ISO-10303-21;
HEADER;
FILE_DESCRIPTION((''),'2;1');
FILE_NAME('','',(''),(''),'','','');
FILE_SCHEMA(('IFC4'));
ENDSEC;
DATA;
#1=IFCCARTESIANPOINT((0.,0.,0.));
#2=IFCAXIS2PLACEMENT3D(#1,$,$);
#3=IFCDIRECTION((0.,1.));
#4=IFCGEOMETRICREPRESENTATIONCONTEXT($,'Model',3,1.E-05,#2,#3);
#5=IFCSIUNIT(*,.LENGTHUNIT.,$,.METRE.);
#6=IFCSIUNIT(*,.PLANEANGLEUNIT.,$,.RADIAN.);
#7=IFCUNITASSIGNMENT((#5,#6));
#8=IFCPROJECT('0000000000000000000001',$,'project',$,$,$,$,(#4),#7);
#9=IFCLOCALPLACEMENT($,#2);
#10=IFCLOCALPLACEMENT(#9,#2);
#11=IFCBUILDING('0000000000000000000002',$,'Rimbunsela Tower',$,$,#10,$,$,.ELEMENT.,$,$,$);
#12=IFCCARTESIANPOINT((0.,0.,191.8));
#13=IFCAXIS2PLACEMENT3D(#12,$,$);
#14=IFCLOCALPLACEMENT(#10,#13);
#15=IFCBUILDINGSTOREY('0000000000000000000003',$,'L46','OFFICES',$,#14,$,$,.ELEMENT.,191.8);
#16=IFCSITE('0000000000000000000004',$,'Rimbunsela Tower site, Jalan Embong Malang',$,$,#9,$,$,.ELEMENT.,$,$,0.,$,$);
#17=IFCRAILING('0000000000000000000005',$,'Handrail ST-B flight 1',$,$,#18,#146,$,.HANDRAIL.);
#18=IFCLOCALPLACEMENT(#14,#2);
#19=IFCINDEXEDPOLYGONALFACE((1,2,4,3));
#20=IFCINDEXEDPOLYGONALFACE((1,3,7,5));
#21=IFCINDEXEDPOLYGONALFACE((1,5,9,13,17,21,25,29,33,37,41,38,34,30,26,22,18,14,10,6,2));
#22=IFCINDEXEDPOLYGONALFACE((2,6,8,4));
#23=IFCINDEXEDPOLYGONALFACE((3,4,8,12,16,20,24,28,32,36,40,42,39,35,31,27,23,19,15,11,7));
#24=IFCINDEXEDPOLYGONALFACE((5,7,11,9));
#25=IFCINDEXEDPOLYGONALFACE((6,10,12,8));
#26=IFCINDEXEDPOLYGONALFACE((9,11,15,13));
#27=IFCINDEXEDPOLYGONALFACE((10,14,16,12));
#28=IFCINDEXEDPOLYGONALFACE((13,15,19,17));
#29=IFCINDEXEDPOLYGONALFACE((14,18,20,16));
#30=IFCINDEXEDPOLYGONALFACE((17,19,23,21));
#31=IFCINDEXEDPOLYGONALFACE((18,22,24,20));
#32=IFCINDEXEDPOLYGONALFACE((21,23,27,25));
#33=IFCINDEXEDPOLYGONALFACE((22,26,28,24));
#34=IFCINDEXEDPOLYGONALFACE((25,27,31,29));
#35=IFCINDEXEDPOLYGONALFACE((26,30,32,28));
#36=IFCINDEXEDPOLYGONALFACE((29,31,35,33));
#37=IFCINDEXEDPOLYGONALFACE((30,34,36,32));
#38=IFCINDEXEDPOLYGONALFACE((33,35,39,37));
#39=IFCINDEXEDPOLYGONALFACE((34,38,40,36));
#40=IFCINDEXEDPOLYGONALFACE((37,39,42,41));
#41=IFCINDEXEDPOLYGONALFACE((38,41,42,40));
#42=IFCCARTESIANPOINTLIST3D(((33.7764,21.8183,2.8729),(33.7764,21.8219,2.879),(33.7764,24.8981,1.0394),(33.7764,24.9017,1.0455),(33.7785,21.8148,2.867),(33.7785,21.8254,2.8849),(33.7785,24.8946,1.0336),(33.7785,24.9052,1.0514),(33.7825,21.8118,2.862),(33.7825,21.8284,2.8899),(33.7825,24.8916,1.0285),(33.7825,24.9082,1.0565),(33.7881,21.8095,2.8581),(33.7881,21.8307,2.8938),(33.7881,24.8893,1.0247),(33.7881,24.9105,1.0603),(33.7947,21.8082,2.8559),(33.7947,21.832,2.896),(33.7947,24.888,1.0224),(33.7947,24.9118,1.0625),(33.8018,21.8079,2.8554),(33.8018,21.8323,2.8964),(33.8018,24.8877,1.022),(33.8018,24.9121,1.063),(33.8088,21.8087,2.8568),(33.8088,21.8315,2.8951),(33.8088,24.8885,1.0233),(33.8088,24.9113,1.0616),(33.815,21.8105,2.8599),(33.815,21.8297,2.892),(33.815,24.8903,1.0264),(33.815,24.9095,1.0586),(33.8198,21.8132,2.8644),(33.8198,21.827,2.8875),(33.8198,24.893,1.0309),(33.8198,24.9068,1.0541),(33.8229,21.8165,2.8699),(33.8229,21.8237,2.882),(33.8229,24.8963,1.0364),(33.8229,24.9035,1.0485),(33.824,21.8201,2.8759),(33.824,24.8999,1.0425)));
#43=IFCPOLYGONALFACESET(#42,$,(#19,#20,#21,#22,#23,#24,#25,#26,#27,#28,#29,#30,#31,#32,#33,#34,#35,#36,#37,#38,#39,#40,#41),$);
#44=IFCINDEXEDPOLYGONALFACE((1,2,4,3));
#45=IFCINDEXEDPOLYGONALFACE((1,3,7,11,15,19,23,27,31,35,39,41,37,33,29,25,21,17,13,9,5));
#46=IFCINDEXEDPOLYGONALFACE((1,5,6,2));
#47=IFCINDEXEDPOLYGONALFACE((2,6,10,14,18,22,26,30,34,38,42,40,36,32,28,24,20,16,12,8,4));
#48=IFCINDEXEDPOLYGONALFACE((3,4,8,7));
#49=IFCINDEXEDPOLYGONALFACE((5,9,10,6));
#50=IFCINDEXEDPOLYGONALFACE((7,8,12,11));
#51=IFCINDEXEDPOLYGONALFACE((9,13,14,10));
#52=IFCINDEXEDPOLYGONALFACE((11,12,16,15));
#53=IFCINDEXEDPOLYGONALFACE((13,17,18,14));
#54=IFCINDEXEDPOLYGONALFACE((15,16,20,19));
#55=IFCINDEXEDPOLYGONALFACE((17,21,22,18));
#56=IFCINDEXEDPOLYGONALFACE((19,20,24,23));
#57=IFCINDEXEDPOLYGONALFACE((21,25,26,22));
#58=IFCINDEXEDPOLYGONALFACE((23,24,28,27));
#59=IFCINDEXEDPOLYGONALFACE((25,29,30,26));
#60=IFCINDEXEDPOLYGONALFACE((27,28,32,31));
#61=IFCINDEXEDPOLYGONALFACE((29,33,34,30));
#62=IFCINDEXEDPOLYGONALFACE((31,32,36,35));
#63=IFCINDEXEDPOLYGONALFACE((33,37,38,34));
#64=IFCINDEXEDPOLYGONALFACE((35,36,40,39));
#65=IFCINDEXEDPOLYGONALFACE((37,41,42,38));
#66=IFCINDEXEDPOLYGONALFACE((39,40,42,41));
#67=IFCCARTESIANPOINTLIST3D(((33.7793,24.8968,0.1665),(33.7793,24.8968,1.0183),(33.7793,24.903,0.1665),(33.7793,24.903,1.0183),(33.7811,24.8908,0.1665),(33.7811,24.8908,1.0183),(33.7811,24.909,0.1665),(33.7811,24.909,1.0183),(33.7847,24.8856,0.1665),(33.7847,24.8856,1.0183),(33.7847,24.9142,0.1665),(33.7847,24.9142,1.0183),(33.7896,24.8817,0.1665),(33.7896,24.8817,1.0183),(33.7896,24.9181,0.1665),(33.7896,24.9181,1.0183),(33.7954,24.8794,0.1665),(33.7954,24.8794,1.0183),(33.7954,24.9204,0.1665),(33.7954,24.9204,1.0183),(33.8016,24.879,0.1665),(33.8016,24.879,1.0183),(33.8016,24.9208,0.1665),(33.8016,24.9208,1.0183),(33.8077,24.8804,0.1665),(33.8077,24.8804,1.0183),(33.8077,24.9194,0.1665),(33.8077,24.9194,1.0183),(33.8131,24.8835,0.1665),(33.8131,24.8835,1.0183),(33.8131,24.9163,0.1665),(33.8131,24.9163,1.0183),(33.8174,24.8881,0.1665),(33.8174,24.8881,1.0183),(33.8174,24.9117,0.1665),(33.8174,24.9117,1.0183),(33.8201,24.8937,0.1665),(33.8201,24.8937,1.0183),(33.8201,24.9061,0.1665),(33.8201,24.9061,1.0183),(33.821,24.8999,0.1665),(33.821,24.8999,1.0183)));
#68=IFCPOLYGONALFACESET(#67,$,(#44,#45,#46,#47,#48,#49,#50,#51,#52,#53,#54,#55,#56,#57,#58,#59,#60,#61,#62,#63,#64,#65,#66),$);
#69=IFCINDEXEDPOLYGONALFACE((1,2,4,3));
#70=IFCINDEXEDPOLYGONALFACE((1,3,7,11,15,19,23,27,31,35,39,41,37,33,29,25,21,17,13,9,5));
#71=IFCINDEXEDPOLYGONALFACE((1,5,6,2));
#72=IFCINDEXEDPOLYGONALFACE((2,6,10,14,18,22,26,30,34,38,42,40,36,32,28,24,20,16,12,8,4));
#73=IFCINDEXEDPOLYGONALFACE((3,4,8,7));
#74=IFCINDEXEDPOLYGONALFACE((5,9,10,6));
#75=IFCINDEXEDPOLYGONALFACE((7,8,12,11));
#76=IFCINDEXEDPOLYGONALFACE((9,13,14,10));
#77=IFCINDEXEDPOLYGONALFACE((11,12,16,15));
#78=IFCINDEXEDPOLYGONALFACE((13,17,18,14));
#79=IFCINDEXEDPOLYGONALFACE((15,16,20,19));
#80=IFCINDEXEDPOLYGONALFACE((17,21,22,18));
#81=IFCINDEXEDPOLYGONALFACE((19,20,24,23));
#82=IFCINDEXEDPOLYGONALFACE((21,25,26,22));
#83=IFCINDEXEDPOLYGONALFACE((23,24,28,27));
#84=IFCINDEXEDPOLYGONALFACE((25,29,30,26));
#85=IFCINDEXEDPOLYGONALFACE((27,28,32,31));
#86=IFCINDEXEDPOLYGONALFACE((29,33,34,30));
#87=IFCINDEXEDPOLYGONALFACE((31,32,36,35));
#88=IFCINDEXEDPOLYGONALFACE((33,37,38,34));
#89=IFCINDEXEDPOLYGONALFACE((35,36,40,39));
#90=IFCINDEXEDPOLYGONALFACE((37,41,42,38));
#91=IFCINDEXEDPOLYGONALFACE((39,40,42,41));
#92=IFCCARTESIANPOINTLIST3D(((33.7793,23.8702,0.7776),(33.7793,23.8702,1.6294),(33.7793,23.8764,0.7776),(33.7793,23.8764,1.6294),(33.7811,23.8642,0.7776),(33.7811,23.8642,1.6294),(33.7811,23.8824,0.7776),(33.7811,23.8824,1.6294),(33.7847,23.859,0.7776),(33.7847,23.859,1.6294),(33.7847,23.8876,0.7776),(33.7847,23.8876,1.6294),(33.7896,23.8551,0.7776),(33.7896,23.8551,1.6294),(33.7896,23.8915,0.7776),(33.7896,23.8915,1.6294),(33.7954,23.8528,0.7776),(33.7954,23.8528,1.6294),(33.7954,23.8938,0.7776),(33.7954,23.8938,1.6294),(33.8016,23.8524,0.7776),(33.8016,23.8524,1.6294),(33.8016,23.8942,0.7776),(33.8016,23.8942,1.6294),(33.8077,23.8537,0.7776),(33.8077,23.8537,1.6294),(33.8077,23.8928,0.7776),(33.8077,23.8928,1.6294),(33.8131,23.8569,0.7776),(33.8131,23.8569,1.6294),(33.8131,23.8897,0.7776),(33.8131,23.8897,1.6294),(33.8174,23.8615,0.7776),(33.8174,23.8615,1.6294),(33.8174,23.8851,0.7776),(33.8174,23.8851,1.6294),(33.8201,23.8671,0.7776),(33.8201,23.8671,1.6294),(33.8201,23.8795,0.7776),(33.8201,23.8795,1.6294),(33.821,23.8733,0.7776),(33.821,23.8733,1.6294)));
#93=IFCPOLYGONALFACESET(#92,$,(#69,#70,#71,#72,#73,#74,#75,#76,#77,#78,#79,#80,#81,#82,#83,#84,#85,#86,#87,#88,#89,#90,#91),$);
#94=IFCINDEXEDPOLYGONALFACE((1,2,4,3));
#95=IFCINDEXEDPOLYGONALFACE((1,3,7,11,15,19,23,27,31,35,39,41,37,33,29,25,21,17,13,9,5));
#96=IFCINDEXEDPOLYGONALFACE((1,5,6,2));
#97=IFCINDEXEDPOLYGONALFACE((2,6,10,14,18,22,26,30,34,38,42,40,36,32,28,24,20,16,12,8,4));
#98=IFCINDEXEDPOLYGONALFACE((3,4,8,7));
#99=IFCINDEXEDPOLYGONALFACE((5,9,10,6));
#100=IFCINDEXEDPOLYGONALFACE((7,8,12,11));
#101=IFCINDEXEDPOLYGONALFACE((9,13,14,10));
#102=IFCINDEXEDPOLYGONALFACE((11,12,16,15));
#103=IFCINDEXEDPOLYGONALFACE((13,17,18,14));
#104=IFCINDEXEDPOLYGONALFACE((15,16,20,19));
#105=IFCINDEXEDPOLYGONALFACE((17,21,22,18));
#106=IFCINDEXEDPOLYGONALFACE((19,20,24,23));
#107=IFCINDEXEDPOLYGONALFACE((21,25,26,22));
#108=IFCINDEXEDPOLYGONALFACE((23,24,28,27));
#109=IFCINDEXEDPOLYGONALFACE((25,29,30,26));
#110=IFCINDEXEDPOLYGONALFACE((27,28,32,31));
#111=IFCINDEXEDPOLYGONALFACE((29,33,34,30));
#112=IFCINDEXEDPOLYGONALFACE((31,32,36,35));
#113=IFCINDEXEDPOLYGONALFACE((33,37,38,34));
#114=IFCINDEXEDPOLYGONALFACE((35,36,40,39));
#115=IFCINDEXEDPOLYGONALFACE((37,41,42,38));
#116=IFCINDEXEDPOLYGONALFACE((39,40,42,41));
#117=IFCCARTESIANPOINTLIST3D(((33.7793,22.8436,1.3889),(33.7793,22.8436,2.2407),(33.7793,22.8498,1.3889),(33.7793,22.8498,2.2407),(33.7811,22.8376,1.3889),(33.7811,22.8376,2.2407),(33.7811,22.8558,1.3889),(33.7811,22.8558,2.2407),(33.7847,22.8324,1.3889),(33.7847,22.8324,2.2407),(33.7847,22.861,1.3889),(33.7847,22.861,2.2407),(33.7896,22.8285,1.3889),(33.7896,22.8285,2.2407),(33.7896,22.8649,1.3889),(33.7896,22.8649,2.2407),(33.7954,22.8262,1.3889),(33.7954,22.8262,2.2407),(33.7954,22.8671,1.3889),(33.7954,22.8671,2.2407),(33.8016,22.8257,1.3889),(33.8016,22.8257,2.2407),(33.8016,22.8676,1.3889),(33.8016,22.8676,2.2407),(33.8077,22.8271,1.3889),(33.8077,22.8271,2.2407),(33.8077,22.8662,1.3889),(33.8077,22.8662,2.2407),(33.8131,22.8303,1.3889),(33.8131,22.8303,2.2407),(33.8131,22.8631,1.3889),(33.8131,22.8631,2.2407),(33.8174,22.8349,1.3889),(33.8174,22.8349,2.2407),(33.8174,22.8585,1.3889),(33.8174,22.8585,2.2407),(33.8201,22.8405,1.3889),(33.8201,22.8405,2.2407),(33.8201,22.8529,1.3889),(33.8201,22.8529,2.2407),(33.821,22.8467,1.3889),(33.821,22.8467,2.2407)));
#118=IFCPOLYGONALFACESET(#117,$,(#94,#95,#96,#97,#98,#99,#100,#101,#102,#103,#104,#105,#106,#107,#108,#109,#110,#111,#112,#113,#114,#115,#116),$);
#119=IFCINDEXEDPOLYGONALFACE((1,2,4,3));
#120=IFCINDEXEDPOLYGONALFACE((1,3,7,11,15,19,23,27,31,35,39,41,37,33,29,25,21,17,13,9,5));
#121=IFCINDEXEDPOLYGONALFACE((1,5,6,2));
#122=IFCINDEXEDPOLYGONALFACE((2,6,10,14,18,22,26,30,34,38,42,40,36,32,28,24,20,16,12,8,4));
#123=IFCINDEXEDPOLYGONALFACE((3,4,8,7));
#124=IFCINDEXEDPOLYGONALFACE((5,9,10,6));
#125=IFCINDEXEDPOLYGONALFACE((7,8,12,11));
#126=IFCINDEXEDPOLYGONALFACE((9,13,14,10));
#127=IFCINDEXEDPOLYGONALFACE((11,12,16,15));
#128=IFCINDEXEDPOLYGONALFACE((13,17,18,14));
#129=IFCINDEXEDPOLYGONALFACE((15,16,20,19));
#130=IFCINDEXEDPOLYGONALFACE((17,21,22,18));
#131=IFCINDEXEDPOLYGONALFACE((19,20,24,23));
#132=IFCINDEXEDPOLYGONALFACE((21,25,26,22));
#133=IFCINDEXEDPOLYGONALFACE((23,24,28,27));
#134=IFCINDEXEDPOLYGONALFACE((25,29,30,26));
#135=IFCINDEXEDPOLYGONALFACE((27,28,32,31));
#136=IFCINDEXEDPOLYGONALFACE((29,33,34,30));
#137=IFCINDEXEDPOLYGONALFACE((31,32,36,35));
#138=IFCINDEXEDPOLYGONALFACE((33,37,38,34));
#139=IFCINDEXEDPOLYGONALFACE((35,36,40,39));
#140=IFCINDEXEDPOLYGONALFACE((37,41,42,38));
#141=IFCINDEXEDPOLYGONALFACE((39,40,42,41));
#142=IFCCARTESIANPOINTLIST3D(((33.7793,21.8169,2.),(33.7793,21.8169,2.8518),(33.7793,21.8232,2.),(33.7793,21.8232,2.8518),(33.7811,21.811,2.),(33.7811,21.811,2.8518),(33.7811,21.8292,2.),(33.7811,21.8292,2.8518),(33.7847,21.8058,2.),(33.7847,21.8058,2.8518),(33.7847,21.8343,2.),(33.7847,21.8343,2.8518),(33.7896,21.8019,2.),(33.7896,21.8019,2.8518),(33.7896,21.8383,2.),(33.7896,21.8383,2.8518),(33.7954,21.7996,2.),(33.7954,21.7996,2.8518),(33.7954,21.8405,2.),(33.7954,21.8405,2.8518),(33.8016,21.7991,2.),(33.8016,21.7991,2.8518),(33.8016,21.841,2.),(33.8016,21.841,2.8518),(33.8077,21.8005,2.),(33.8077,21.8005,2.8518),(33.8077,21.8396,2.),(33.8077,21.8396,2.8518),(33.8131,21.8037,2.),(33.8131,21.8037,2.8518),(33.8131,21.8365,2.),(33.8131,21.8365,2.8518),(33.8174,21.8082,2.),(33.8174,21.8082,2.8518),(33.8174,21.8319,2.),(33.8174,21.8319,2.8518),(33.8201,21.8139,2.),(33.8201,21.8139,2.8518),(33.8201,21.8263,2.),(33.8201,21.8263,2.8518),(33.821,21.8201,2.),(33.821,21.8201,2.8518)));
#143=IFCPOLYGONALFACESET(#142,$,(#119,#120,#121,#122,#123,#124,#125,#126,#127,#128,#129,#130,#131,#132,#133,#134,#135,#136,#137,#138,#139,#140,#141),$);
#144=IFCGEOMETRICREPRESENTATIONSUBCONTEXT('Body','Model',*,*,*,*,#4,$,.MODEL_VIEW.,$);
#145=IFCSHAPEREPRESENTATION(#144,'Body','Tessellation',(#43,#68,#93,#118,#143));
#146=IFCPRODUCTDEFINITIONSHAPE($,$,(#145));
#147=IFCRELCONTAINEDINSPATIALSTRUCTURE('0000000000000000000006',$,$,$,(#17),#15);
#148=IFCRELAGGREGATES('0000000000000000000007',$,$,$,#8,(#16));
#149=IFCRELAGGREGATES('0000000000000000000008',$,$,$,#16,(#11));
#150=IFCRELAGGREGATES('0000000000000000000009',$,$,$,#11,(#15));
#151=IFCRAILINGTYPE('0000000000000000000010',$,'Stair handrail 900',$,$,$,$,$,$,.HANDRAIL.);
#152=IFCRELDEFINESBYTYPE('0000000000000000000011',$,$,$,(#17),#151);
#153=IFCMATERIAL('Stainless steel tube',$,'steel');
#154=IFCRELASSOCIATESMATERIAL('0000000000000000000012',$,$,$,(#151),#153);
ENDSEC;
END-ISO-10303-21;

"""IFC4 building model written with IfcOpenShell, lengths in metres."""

from ifc_helpers import new_model, si_unit, direction, frame, origin, origin_2d, place, context, subcontext, project, spatial, circle, extrude, material, type_object, element, save


model = new_model("IFC4")

# Units and contexts
model_context = context("Model", 3, precision=1e-05, world=origin(), true_north=direction((0.0, 1.0)))
body_context = subcontext(model_context, "Body", "Model", "MODEL_VIEW")
ifc_project = project(units=[si_unit("LENGTHUNIT", "METRE"), si_unit("PLANEANGLEUNIT", "RADIAN")], contexts=[model_context])

# Site, building, storey
site_placement = place(None, origin())
site = spatial("IfcSite", under=ifc_project, at=site_placement, Name="Rimbunsela Tower site, Jalan Embong Malang", CompositionType="ELEMENT", RefElevation=0.0)
building_placement = place(site_placement, origin())
building = spatial("IfcBuilding", under=site, at=building_placement, Name="Rimbunsela Tower", CompositionType="ELEMENT")
storey_placement = place(building_placement, frame((0.0, 0.0, 191.8)))
storey = spatial("IfcBuildingStorey", under=building, at=storey_placement, Name="L46", Description="OFFICES", CompositionType="ELEMENT", Elevation=191.8)

# Railing
ifc_material_1 = material(Name="Stainless steel tube", Category="steel")
railing_type = type_object("IfcRailingType", Name="Stair handrail 900", PredefinedType="HANDRAIL", material=ifc_material_1)
railing_placement = place(storey_placement, frame((33.8, 24.8999, 0.1665)))
element("IfcRailing", 1, at=railing_placement, inside=storey, type_object=railing_type, Name="Handrail ST-B flight 1", PredefinedType="HANDRAIL", context=body_context, shape_type="SweptSolid", body=[
    extrude(circle(Radius=0.0239, at=origin_2d()), frame((0.0, 0.0, 0.876), z_axis=(0.0, -0.859261, 0.511538), x_axis=(1.0, 0.0, 0.0)), (0.0, 0.0, 1.0), 3.5842),
    extrude(circle(Radius=0.021, at=origin_2d()), origin(), (0.0, 0.0, 1.0), 0.8518),
    extrude(circle(Radius=0.021, at=origin_2d()), frame((0.0, -1.0266, 0.6111)), (0.0, 0.0, 1.0), 0.8518),
    extrude(circle(Radius=0.021, at=origin_2d()), frame((0.0, -2.0532, 1.2224)), (0.0, 0.0, 1.0), 0.8518),
    extrude(circle(Radius=0.021, at=origin_2d()), frame((0.0, -3.0798, 1.8335)), (0.0, 0.0, 1.0), 0.8518),
])

save(model, "model.ifc")
